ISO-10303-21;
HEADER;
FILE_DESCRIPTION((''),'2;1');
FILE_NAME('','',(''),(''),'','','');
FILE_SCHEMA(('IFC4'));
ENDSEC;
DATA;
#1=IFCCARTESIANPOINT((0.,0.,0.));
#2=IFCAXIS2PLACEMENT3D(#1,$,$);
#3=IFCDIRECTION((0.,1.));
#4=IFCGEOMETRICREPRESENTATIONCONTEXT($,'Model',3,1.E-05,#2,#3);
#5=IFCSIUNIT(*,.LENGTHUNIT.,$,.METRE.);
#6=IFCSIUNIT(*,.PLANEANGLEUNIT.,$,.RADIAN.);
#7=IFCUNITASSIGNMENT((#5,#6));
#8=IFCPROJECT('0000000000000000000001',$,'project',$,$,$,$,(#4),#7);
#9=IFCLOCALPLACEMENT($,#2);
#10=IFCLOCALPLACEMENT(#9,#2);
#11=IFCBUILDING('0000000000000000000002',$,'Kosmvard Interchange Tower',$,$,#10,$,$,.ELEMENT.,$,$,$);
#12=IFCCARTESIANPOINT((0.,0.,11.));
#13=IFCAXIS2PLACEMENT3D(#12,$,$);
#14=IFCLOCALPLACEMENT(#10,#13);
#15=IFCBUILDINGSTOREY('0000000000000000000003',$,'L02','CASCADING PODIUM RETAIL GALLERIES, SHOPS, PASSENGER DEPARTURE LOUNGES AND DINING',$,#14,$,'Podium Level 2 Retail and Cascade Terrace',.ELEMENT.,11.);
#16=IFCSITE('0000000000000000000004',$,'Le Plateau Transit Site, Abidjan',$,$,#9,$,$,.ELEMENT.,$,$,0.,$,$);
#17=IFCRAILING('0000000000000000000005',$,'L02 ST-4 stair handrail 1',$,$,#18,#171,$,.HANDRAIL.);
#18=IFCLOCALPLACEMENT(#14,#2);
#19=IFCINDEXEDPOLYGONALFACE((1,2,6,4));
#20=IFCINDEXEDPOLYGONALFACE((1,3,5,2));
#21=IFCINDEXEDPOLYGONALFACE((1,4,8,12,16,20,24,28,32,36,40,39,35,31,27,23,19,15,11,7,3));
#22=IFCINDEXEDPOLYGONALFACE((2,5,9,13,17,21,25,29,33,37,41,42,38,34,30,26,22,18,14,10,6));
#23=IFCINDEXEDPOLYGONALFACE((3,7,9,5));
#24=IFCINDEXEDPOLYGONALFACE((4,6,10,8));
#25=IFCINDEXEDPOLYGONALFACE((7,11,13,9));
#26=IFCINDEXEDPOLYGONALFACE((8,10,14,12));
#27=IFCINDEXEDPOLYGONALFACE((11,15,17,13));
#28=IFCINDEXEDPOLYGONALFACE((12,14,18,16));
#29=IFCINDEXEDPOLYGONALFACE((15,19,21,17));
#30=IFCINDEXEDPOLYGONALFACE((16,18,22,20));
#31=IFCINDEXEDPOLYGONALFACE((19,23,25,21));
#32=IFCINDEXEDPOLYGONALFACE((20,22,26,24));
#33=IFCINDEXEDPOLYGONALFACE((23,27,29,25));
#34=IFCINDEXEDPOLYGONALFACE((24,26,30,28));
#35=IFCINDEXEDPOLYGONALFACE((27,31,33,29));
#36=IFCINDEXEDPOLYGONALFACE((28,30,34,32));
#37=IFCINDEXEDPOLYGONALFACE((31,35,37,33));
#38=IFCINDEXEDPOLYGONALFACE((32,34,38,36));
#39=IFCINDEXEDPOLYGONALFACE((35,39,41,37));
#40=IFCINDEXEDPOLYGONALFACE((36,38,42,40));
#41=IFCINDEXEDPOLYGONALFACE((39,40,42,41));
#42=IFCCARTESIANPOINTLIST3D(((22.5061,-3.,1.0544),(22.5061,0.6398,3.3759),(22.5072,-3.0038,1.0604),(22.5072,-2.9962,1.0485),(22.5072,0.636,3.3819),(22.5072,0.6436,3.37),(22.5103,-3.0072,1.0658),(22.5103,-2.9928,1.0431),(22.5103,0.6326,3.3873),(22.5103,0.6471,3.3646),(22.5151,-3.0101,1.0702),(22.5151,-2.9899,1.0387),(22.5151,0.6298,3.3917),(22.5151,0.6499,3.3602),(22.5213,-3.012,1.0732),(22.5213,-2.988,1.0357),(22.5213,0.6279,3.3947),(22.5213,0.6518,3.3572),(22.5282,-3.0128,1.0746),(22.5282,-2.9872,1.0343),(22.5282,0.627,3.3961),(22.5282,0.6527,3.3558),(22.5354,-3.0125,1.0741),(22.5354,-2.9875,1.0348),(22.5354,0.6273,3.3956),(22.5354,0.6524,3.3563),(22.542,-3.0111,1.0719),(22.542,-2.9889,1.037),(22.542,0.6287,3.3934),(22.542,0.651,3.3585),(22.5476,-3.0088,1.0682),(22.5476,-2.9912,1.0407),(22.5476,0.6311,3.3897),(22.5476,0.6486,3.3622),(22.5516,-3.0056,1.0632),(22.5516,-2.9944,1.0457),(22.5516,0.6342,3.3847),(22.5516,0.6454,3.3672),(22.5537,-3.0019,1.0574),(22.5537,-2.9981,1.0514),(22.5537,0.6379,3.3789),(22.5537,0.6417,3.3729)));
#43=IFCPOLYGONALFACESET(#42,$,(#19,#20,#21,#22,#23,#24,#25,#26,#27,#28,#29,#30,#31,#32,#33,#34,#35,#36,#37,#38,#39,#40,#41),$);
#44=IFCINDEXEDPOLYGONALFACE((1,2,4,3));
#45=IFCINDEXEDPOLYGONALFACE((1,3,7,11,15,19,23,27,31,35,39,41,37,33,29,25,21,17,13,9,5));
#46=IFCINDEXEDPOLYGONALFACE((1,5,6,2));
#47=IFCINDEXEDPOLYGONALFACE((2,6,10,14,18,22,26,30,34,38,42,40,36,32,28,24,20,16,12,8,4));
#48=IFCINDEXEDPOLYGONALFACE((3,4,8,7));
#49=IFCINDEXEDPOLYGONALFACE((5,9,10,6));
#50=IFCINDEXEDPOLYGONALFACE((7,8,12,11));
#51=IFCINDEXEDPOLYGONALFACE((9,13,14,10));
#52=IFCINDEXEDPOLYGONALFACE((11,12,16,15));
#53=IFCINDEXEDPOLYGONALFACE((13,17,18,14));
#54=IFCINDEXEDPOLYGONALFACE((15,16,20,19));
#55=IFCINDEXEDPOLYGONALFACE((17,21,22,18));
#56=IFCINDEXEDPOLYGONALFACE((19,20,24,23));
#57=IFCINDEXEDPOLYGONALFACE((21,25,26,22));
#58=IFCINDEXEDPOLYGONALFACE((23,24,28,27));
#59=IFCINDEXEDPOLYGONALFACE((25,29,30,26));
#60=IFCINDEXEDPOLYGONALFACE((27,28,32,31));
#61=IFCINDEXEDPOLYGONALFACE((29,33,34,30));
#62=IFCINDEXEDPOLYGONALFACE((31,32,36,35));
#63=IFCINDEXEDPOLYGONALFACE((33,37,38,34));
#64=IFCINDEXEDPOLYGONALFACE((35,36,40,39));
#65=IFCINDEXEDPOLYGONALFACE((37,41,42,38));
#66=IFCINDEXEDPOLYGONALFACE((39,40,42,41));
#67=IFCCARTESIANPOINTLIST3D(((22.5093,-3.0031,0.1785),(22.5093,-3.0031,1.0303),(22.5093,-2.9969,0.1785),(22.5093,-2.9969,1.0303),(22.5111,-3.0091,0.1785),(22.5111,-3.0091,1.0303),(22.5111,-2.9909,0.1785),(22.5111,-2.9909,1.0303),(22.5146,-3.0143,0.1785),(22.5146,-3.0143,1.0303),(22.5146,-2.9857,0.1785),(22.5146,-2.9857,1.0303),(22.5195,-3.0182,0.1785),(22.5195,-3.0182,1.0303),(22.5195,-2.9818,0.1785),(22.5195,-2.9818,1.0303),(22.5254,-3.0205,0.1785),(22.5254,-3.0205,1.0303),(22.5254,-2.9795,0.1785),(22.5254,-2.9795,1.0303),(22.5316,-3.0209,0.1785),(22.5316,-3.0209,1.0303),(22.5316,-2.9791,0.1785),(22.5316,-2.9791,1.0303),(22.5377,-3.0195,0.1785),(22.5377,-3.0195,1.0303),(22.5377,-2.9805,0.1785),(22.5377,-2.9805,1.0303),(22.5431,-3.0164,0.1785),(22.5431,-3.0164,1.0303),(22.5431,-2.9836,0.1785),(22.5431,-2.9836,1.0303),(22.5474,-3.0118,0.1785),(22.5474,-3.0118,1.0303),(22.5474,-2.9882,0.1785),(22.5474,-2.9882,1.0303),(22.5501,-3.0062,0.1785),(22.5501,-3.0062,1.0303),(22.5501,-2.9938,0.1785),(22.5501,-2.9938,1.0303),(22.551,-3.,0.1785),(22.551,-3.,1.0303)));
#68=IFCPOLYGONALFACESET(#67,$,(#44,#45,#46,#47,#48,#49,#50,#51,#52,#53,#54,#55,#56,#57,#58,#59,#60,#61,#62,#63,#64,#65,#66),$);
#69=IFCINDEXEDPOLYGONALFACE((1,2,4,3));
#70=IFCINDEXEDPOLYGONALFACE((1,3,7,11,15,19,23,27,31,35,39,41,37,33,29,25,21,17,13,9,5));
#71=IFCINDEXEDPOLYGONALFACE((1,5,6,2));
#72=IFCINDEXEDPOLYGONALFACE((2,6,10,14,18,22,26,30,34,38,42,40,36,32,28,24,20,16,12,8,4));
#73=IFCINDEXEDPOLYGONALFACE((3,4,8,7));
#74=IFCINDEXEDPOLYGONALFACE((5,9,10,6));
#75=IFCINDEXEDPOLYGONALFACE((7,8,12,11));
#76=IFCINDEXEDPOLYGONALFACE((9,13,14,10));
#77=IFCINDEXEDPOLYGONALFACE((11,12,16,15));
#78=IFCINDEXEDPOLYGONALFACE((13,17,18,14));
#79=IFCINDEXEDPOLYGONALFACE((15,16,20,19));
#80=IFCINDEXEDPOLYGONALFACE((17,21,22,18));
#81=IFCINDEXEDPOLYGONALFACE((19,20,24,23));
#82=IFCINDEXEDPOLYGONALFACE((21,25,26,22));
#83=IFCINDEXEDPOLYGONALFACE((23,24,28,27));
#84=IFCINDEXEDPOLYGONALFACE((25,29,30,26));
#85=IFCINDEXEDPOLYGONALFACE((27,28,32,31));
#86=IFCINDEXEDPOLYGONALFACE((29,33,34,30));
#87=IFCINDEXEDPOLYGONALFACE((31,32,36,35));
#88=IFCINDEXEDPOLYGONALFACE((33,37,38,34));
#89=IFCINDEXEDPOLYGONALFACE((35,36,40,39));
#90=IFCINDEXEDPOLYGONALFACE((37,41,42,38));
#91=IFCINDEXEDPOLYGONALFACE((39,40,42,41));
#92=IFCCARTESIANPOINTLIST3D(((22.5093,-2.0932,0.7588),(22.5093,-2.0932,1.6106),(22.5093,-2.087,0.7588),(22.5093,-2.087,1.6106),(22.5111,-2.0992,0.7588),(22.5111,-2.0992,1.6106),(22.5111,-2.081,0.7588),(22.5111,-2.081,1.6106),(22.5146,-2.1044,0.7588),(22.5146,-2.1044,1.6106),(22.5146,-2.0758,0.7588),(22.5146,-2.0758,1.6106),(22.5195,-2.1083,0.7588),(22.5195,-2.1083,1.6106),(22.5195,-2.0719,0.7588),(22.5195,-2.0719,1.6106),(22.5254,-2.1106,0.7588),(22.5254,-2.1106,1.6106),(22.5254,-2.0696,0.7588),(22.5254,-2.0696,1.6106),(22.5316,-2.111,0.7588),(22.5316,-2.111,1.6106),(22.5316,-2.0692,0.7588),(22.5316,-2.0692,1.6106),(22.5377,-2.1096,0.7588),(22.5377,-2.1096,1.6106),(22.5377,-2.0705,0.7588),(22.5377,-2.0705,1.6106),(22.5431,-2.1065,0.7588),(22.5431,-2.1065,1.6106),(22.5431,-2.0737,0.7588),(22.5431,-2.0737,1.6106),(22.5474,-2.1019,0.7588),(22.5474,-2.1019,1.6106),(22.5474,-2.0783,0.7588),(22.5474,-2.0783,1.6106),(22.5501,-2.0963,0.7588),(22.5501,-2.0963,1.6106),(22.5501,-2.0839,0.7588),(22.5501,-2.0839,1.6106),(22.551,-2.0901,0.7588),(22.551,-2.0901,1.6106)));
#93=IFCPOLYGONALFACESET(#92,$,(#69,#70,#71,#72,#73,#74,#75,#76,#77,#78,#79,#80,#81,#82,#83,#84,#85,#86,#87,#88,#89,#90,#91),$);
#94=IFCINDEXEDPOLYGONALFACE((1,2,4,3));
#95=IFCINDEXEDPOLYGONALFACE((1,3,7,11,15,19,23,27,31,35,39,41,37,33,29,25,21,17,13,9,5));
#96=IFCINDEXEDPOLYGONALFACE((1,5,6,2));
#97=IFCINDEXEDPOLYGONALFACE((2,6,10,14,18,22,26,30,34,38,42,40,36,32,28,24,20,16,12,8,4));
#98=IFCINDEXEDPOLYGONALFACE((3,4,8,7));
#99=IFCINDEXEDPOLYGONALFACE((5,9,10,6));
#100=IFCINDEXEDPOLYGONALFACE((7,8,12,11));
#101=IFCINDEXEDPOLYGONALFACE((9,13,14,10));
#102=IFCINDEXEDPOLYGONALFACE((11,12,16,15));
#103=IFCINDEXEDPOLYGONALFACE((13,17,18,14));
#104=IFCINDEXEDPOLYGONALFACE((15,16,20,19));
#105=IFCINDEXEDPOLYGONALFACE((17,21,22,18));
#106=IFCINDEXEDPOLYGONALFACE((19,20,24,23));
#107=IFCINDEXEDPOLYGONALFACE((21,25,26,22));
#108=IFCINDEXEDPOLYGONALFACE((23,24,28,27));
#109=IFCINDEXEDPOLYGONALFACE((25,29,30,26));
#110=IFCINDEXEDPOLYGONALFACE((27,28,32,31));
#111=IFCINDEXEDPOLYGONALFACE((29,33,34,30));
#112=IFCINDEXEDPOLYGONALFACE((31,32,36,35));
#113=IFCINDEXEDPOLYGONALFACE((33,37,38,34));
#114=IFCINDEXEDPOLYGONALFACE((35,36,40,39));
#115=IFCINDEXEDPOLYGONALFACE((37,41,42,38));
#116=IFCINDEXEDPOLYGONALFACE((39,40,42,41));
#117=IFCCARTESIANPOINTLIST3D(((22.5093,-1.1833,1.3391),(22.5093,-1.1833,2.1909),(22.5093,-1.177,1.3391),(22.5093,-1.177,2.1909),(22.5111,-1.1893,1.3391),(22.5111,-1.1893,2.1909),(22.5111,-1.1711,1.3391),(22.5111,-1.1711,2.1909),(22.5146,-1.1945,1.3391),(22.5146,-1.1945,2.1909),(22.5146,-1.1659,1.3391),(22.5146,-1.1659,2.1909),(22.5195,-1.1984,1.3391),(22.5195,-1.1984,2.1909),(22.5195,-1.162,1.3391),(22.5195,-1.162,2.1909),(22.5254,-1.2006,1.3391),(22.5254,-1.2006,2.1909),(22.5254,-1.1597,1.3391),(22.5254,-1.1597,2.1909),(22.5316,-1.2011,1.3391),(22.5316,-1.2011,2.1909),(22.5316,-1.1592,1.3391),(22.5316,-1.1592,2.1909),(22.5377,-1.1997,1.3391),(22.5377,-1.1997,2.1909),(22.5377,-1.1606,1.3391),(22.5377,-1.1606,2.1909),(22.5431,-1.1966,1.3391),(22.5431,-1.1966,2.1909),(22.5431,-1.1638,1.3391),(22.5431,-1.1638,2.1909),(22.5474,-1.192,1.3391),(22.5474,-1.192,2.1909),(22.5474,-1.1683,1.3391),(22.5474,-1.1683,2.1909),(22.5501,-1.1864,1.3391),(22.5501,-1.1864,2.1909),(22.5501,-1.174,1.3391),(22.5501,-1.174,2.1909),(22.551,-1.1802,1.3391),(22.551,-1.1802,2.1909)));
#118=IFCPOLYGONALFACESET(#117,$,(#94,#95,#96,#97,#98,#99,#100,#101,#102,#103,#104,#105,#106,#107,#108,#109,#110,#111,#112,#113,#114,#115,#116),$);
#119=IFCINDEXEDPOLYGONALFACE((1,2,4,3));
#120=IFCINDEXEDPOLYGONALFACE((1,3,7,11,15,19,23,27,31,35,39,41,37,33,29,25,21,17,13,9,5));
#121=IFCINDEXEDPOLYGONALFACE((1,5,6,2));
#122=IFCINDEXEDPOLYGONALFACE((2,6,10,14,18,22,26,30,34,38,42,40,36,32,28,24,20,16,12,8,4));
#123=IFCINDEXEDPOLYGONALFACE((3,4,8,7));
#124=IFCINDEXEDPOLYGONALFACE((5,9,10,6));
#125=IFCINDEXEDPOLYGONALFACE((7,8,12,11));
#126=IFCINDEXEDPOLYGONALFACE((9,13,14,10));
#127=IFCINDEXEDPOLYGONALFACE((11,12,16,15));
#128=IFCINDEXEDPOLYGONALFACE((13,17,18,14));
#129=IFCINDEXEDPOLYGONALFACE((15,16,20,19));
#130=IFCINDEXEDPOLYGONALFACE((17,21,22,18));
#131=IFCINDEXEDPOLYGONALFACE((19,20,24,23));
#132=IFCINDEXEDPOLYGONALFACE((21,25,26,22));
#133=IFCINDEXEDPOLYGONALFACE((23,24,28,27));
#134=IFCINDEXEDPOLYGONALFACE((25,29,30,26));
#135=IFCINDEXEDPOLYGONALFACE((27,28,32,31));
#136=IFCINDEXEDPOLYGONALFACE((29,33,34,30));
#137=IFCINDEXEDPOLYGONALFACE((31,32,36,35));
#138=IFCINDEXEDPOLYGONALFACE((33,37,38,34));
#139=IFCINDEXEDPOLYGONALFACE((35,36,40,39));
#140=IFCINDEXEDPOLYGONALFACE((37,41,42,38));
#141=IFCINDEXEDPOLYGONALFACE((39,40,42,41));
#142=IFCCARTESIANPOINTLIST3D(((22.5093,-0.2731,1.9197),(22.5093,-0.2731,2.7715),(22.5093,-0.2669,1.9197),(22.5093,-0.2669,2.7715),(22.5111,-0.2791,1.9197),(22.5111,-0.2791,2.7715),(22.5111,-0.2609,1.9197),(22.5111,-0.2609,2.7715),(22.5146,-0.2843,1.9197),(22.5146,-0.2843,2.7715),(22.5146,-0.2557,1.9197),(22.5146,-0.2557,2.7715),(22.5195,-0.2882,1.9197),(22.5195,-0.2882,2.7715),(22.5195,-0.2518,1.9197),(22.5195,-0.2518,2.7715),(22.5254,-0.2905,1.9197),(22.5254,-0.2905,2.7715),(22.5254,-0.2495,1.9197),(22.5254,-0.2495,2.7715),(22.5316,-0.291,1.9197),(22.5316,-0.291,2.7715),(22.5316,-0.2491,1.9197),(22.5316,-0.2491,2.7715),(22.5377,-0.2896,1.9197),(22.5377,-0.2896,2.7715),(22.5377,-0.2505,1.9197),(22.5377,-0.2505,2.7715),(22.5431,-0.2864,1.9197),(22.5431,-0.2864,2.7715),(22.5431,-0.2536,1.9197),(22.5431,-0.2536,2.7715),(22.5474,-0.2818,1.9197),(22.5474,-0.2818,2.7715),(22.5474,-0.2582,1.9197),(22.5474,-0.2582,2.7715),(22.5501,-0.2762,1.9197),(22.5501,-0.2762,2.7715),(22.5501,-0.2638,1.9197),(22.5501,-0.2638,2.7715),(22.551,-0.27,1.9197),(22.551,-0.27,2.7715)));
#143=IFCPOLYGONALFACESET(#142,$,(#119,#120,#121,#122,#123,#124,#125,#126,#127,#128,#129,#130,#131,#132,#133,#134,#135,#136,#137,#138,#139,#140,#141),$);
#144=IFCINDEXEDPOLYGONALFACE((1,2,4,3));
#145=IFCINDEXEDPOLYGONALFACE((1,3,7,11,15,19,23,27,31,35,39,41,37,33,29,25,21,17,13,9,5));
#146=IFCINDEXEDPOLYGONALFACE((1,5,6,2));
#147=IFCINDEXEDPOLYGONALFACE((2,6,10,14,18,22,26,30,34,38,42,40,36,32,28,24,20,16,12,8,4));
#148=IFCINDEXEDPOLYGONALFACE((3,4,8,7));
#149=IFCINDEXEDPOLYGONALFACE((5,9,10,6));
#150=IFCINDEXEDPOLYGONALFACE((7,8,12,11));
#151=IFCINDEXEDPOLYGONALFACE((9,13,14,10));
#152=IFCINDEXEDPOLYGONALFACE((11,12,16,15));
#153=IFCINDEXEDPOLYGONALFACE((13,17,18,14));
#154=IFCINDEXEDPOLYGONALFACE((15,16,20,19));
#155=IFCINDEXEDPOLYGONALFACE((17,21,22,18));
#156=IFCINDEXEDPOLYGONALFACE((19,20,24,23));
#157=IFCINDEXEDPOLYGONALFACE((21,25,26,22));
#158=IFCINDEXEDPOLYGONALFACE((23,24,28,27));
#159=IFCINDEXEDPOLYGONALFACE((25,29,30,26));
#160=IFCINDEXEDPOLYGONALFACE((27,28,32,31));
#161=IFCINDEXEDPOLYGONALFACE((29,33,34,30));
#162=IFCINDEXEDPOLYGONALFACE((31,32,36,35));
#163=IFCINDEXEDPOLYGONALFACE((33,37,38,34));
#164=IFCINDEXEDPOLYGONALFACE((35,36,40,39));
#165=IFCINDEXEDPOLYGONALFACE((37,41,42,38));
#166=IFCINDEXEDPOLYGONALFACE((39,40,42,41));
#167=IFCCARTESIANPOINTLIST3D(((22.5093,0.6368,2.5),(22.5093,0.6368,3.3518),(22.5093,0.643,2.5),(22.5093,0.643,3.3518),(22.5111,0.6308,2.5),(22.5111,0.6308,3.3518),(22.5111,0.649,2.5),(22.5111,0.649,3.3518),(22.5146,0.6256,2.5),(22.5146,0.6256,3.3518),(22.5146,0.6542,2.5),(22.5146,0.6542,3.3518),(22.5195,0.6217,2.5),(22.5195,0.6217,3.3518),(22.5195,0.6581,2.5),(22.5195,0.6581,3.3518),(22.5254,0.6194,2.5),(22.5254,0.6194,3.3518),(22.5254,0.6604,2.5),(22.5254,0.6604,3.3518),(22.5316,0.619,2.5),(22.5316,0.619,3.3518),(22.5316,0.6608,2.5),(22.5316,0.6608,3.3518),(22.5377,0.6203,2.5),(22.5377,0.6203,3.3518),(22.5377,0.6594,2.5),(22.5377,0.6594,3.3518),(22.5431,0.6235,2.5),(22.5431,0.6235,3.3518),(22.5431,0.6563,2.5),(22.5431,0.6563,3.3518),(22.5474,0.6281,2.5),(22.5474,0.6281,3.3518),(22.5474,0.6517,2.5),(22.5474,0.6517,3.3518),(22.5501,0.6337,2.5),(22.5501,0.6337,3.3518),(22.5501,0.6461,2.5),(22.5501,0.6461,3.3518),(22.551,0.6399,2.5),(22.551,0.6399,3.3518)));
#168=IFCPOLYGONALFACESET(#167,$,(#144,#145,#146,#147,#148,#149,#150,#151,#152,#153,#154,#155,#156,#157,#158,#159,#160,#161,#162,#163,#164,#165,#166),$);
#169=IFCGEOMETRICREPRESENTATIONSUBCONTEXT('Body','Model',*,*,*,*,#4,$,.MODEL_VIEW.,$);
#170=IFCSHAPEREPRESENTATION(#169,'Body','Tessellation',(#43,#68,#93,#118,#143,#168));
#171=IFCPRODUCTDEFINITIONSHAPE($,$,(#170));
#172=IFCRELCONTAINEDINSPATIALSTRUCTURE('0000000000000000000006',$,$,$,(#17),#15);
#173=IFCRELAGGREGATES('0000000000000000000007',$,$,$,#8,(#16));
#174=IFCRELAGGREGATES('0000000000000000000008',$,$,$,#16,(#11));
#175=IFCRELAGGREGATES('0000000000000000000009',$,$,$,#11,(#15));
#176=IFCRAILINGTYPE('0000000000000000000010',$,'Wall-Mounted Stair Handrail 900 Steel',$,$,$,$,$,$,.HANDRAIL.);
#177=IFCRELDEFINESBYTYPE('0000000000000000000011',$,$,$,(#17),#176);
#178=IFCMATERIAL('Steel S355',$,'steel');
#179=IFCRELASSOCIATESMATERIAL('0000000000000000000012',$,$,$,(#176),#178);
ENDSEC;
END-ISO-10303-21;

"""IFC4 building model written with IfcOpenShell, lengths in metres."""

from ifc_helpers import new_model, si_unit, direction, frame, origin, origin_2d, place, context, subcontext, project, spatial, circle, extrude, source, transform, mapped, material, type_object, element, save


model = new_model("IFC4")

# Units and contexts
model_context = context("Model", 3, precision=1e-05, world=origin(), true_north=direction((0.0, 1.0)))
body_context = subcontext(model_context, "Body", "Model", "MODEL_VIEW")
ifc_project = project(units=[si_unit("LENGTHUNIT", "METRE"), si_unit("PLANEANGLEUNIT", "RADIAN")], contexts=[model_context])

# Site, building, storey
site_placement = place(None, origin())
site = spatial("IfcSite", under=ifc_project, at=site_placement, Name="Le Plateau Transit Site, Abidjan", CompositionType="ELEMENT", RefElevation=0.0)
building_placement = place(site_placement, origin())
building = spatial("IfcBuilding", under=site, at=building_placement, Name="Kosmvard Interchange Tower", CompositionType="ELEMENT")
storey_placement = place(building_placement, frame((0.0, 0.0, 11.0)))
storey = spatial("IfcBuildingStorey", under=building, at=storey_placement, Name="L02", Description="CASCADING PODIUM RETAIL GALLERIES, SHOPS, PASSENGER DEPARTURE LOUNGES AND DINING", LongName="Podium Level 2 Retail and Cascade Terrace", CompositionType="ELEMENT", Elevation=11.0)

# Shared definitions
ifc_material_1 = material(Name="Steel S355", Category="steel")

# Railing
railing_type_1 = type_object("IfcRailingType", Name="Wall-Mounted Stair Handrail 900 Steel", PredefinedType="HANDRAIL", material=ifc_material_1)
shared_shape_1 = source(origin(), body_context, "Body", "SweptSolid", [
    extrude(circle(Radius=0.0239, at=origin_2d()), frame((0.0, 0.0, 0.876), z_axis=(0.0, 0.843112, 0.537739), x_axis=(-1.0, 0.0, 0.0)), (0.0, 0.0, 1.0), 4.3171),
    extrude(circle(Radius=0.021, at=origin_2d()), origin(), (0.0, 0.0, 1.0), 0.8518),
    extrude(circle(Radius=0.021, at=origin_2d()), frame((0.0, 0.9099, 0.5803)), (0.0, 0.0, 1.0), 0.8518),
    extrude(circle(Radius=0.021, at=origin_2d()), frame((0.0, 1.8198, 1.1606)), (0.0, 0.0, 1.0), 0.8518),
    extrude(circle(Radius=0.021, at=origin_2d()), frame((0.0, 2.73, 1.7412)), (0.0, 0.0, 1.0), 0.8518),
    extrude(circle(Radius=0.021, at=origin_2d()), frame((0.0, 3.6399, 2.3215)), (0.0, 0.0, 1.0), 0.8518),
])
railing_1_placement = place(storey_placement, frame((22.53, -3.0, 0.1785)))
element("IfcRailing", 1, at=railing_1_placement, inside=storey, type_object=railing_type_1, Name="L02 ST-4 stair handrail 1", PredefinedType="HANDRAIL", context=body_context, shape_type="MappedRepresentation", body=[
    mapped(shared_shape_1, transform((0.0, 0.0, 0.0), scale=1.0)),
])

save(model, "model.ifc")
